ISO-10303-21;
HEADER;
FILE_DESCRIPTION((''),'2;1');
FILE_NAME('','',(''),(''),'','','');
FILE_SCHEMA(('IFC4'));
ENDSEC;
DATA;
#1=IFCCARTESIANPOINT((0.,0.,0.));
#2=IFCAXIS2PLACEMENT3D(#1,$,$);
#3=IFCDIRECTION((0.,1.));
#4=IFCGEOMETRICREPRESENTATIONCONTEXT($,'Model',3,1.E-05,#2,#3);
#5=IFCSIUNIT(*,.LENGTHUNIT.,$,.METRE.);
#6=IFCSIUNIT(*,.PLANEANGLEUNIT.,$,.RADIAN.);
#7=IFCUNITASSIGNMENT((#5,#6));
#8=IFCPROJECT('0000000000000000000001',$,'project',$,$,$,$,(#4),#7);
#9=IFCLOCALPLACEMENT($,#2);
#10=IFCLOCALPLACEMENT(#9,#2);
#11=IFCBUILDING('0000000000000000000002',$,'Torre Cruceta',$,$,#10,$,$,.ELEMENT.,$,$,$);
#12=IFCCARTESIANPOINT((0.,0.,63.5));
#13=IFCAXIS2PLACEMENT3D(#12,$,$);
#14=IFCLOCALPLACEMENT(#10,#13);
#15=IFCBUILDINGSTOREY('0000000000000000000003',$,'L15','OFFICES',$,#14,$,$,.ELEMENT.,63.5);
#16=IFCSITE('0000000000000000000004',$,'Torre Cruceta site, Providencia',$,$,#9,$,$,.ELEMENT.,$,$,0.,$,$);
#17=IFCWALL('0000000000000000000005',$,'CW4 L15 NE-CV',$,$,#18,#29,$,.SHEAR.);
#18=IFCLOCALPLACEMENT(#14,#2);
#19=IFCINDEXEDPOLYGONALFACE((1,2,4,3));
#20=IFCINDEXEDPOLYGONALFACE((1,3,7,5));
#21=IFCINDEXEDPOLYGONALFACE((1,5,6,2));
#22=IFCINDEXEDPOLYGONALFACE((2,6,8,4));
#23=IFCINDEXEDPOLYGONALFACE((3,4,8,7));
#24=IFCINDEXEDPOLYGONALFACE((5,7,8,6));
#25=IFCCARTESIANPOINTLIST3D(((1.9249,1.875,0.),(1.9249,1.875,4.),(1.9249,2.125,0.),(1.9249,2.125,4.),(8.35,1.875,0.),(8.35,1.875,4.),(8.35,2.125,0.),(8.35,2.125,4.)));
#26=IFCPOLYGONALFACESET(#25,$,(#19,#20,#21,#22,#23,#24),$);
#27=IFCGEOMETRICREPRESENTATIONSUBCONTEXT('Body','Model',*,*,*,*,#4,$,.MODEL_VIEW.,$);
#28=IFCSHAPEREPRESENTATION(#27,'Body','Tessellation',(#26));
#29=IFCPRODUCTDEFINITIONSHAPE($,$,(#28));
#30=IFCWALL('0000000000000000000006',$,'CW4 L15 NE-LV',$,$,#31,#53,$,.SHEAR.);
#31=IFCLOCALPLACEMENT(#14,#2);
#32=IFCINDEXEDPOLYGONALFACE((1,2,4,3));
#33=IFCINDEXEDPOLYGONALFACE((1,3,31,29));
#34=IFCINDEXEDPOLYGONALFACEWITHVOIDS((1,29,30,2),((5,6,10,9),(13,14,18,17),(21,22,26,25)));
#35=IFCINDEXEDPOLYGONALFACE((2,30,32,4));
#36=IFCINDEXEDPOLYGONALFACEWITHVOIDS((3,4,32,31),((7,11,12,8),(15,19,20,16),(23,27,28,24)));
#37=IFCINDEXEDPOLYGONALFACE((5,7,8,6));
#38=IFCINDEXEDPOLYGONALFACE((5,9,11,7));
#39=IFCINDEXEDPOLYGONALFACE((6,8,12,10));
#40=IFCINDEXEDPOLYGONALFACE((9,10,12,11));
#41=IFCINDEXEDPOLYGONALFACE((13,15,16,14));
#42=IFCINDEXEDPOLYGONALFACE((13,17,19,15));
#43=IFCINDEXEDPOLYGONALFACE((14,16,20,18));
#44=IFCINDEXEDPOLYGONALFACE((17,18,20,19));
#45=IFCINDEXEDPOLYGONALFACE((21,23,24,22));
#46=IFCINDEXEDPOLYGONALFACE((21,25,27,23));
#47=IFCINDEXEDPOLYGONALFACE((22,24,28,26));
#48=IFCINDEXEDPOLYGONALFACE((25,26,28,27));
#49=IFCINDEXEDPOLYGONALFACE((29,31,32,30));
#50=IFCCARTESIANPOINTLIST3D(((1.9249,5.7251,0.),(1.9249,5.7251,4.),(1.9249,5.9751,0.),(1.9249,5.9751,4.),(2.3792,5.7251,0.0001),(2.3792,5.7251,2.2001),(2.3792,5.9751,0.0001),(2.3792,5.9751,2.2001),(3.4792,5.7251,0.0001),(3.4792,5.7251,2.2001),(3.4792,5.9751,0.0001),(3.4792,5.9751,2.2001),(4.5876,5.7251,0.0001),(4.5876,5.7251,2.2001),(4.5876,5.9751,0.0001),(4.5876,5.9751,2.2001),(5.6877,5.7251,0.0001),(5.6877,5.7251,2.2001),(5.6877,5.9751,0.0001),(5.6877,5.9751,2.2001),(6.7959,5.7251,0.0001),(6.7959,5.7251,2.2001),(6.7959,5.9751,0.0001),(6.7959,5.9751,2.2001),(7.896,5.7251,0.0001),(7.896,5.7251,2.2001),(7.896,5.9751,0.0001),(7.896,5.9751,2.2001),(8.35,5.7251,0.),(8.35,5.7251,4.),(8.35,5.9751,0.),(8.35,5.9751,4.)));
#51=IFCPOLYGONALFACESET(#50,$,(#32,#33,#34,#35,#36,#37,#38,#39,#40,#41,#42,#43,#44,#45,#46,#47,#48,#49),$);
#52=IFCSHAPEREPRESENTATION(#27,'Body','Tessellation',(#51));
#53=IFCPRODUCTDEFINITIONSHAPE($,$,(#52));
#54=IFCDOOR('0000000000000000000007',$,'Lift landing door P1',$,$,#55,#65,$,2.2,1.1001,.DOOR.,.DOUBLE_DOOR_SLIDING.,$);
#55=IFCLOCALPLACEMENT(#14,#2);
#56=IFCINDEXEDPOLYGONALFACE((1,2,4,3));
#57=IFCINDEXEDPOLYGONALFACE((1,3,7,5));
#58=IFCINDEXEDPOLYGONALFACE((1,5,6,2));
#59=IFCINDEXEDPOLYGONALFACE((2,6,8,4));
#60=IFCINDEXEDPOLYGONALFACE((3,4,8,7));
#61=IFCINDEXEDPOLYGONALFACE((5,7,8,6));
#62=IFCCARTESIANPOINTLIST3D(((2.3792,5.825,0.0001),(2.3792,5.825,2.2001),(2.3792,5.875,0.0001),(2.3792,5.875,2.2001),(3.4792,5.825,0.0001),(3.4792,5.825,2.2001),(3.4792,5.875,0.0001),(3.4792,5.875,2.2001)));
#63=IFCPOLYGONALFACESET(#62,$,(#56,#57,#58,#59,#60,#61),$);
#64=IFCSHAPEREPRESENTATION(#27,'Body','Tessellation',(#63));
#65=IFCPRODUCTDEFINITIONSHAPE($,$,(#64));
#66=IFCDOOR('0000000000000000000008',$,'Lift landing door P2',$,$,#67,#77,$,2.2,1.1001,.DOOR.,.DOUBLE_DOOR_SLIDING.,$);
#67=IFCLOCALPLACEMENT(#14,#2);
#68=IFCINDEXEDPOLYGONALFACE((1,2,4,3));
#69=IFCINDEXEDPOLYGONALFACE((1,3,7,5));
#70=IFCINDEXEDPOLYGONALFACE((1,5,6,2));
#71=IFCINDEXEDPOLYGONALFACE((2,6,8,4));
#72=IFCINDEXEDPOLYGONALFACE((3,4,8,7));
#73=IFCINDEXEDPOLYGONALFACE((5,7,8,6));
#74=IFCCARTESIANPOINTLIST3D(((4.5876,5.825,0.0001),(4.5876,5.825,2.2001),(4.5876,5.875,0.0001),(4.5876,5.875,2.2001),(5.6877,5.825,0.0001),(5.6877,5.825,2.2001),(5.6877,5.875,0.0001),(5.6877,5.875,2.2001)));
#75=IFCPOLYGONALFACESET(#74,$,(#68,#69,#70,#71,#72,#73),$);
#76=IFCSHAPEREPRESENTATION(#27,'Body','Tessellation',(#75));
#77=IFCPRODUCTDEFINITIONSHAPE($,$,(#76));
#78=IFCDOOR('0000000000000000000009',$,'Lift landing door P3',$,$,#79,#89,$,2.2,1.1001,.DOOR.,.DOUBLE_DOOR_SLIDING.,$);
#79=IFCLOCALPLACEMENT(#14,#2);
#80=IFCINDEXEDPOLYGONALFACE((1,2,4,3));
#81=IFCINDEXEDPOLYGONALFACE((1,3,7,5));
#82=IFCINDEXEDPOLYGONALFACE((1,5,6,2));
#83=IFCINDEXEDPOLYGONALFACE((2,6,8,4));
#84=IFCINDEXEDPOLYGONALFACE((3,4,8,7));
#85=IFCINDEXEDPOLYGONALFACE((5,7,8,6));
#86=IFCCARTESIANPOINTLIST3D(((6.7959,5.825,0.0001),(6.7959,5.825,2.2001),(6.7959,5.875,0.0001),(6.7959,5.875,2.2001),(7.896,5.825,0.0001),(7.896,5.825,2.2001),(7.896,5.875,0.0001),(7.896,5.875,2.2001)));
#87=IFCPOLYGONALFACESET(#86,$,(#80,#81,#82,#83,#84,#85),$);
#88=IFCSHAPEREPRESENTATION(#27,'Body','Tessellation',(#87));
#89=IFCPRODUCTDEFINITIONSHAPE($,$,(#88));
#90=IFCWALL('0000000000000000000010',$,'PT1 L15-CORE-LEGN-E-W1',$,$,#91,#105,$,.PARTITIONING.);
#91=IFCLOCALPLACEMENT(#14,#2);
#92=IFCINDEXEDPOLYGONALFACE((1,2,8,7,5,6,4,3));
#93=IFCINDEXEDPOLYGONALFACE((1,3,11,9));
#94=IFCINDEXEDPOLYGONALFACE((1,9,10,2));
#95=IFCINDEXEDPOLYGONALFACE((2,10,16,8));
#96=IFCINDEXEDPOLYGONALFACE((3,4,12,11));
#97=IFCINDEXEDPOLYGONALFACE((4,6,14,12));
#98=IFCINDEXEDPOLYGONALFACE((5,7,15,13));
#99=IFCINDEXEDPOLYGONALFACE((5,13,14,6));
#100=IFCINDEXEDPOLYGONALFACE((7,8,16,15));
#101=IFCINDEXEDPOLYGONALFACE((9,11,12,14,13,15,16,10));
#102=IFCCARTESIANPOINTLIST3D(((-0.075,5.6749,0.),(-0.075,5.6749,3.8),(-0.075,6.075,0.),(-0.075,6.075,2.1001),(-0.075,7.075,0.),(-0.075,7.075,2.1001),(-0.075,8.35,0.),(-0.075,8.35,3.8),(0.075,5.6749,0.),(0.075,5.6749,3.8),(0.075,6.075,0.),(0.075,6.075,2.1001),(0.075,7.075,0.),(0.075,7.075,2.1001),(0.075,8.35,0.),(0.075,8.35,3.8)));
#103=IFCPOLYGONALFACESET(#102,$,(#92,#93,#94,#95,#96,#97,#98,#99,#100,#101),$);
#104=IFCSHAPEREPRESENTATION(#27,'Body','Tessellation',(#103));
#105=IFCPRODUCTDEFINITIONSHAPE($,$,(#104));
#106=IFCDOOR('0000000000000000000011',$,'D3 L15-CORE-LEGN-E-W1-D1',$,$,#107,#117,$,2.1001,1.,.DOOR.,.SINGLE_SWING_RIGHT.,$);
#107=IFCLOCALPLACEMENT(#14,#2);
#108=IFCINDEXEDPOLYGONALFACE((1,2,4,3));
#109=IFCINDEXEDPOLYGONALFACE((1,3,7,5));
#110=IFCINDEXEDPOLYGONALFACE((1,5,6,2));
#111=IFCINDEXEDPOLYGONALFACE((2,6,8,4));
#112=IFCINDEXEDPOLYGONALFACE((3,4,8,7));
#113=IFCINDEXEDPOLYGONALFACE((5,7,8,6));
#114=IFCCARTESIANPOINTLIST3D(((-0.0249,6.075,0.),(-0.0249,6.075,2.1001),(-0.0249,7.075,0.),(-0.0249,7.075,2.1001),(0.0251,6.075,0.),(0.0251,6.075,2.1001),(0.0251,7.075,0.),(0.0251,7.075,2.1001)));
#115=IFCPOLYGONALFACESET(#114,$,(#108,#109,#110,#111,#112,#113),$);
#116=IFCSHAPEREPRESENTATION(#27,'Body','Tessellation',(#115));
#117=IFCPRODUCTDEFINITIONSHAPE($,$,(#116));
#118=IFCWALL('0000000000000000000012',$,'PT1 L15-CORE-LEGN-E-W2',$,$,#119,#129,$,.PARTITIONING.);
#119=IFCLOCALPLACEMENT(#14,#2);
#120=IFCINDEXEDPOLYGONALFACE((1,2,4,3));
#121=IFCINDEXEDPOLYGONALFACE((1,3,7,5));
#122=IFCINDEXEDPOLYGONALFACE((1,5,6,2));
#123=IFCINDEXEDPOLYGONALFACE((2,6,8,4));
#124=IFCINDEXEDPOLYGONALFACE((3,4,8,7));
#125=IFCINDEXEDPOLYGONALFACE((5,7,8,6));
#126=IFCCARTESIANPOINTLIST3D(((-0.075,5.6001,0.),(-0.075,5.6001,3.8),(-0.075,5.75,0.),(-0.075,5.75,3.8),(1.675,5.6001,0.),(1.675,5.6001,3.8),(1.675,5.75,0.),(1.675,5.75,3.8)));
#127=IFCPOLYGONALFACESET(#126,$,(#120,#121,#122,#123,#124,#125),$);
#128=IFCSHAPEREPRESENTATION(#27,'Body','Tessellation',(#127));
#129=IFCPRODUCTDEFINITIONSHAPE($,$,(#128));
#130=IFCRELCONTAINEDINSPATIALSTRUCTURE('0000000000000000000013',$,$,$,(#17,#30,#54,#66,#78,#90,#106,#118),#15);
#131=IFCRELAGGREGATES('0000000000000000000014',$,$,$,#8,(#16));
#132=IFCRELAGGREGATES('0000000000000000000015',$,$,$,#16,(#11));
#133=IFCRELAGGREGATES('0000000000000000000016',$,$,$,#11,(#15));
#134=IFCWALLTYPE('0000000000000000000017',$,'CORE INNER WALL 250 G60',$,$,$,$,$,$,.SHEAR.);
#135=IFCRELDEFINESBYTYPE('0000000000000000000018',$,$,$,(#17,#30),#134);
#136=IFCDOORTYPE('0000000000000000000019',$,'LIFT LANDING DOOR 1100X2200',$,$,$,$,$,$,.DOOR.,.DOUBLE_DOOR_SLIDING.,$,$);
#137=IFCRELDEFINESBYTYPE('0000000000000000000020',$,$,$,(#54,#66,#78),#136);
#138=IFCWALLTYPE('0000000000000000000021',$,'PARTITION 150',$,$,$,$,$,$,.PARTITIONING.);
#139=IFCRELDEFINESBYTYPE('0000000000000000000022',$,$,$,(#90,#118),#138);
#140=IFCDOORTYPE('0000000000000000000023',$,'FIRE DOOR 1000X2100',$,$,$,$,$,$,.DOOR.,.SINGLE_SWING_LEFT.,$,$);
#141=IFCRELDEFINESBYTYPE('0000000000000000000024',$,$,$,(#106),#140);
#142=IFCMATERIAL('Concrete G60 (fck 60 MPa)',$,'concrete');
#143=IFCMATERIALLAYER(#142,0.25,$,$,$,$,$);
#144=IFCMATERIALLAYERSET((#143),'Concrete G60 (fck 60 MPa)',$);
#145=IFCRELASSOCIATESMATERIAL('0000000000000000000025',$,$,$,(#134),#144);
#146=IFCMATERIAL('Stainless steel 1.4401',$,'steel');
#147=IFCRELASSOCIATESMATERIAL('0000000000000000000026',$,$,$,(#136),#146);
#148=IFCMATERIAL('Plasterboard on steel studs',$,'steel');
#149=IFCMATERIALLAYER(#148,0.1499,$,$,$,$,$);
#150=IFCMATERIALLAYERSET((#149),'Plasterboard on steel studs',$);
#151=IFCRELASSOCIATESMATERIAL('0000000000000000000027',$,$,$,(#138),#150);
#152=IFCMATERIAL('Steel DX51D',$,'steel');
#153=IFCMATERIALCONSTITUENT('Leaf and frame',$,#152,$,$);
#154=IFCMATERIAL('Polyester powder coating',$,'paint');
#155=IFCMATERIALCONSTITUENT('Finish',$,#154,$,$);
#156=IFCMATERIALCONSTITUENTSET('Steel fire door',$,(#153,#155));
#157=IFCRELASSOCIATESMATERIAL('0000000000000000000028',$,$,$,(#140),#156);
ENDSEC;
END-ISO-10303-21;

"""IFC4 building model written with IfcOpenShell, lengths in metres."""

from ifc_helpers import new_model, si_unit, direction, frame, frame_2d, origin, place, context, subcontext, project, spatial, rectangle, extrude, material, layer, layer_set, constituent, constituent_set, type_object, element, fill, save


model = new_model("IFC4")

# Units and contexts
model_context = context("Model", 3, precision=1e-05, world=origin(), true_north=direction((0.0, 1.0)))
body_context = subcontext(model_context, "Body", "Model", "MODEL_VIEW")
ifc_project = project(units=[si_unit("LENGTHUNIT", "METRE"), si_unit("PLANEANGLEUNIT", "RADIAN")], contexts=[model_context])

# Site, building, storey
site_placement = place(None, origin())
site = spatial("IfcSite", under=ifc_project, at=site_placement, Name="Torre Cruceta site, Providencia", CompositionType="ELEMENT", RefElevation=0.0)
building_placement = place(site_placement, origin())
building = spatial("IfcBuilding", under=site, at=building_placement, Name="Torre Cruceta", CompositionType="ELEMENT")
storey_placement = place(building_placement, frame((0.0, 0.0, 63.5)))
storey = spatial("IfcBuildingStorey", under=building, at=storey_placement, Name="L15", Description="OFFICES", CompositionType="ELEMENT", Elevation=63.5)

# Shared definitions
ifc_material_1 = material(Name="Concrete G60 (fck 60 MPa)", Category="concrete")
ifc_layer_1 = layer(ifc_material_1, 0.25)
ifc_layer_set_1 = layer_set([ifc_layer_1], Name="Concrete G60 (fck 60 MPa)")
wall_type_1 = type_object("IfcWallType", Name="CORE INNER WALL 250 G60", PredefinedType="SHEAR", material=ifc_layer_set_1)

# Wall
wall_1_placement = place(storey_placement, frame((1.925, 2.0, 0.0), z_axis=(0.0, 0.0, 1.0), x_axis=(1.0, 0.0, 0.0)))
element("IfcWall", 1, at=wall_1_placement, inside=storey, type_object=wall_type_1, Name="CW4 L15 NE-CV", PredefinedType="SHEAR", context=body_context, shape_type="SweptSolid", body=[
    extrude(rectangle(XDim=6.425, YDim=0.25, at=frame_2d((3.2124, 0.0))), origin(), (0.0, 0.0, 1.0), 4.0),
])

# Wall, openings, doors
wall_2_placement = place(storey_placement, frame((1.925, 5.8501, 0.0), z_axis=(0.0, 0.0, 1.0), x_axis=(1.0, 0.0, 0.0)))
wall_2 = element("IfcWall", 2, at=wall_2_placement, inside=storey, type_object=wall_type_1, Name="CW4 L15 NE-LV", PredefinedType="SHEAR", context=body_context, shape_type="SweptSolid", body=[
    extrude(rectangle(XDim=6.425, YDim=0.25, at=frame_2d((3.2124, 0.0))), origin(), (0.0, 0.0, 1.0), 4.0),
])
opening_1_placement = place(wall_2_placement, frame((0.4541, 0.0, 0.0)))
opening_1 = element("IfcOpeningElement", 3, at=opening_1_placement, cuts=wall_2, PredefinedType="OPENING", context=body_context, shape_type="SweptSolid", body=[
    extrude(rectangle(XDim=1.1001, YDim=2.2, at=frame_2d((0.55, 1.1001))), frame((0.0, 0.135, 0.0), z_axis=(0.0, -1.0, 0.0), x_axis=(1.0, 0.0, 0.0)), (0.0, 0.0, 1.0), 0.27),
])
opening_2_placement = place(wall_2_placement, frame((2.6626, 0.0, 0.0)))
opening_2 = element("IfcOpeningElement", 4, at=opening_2_placement, cuts=wall_2, PredefinedType="OPENING", context=body_context, shape_type="SweptSolid", body=[
    extrude(rectangle(XDim=1.1001, YDim=2.2, at=frame_2d((0.55, 1.1001))), frame((0.0, 0.135, 0.0), z_axis=(0.0, -1.0, 0.0), x_axis=(1.0, 0.0, 0.0)), (0.0, 0.0, 1.0), 0.27),
])
opening_3_placement = place(wall_2_placement, frame((4.8708, 0.0, 0.0)))
opening_3 = element("IfcOpeningElement", 5, at=opening_3_placement, cuts=wall_2, PredefinedType="OPENING", context=body_context, shape_type="SweptSolid", body=[
    extrude(rectangle(XDim=1.1001, YDim=2.2, at=frame_2d((0.55, 1.1001))), frame((0.0, 0.135, 0.0), z_axis=(0.0, -1.0, 0.0), x_axis=(1.0, 0.0, 0.0)), (0.0, 0.0, 1.0), 0.27),
])
ifc_material_2 = material(Name="Stainless steel 1.4401", Category="steel")
door_type_1 = type_object("IfcDoorType", Name="LIFT LANDING DOOR 1100X2200", OperationType="DOUBLE_DOOR_SLIDING", PredefinedType="DOOR", material=ifc_material_2)
door_1_placement = place(opening_1_placement, origin())
door_1 = element("IfcDoor", 6, at=door_1_placement, inside=storey, type_object=door_type_1, Name="Lift landing door P1", OperationType="DOUBLE_DOOR_SLIDING", OverallHeight=2.2, OverallWidth=1.1001, PredefinedType="DOOR", context=body_context, shape_type="SweptSolid", body=[
    extrude(rectangle(XDim=1.1001, YDim=2.2, at=frame_2d((0.55, 1.1001))), frame((0.0, 0.0249, 0.0), z_axis=(0.0, -1.0, 0.0), x_axis=(1.0, 0.0, 0.0)), (0.0, 0.0, 1.0), 0.05),
])
fill(opening_1, door_1)
door_2_placement = place(opening_2_placement, origin())
door_2 = element("IfcDoor", 7, at=door_2_placement, inside=storey, type_object=door_type_1, Name="Lift landing door P2", OperationType="DOUBLE_DOOR_SLIDING", OverallHeight=2.2, OverallWidth=1.1001, PredefinedType="DOOR", context=body_context, shape_type="SweptSolid", body=[
    extrude(rectangle(XDim=1.1001, YDim=2.2, at=frame_2d((0.55, 1.1001))), frame((0.0, 0.0249, 0.0), z_axis=(0.0, -1.0, 0.0), x_axis=(1.0, 0.0, 0.0)), (0.0, 0.0, 1.0), 0.05),
])
fill(opening_2, door_2)
door_3_placement = place(opening_3_placement, origin())
door_3 = element("IfcDoor", 8, at=door_3_placement, inside=storey, type_object=door_type_1, Name="Lift landing door P3", OperationType="DOUBLE_DOOR_SLIDING", OverallHeight=2.2, OverallWidth=1.1001, PredefinedType="DOOR", context=body_context, shape_type="SweptSolid", body=[
    extrude(rectangle(XDim=1.1001, YDim=2.2, at=frame_2d((0.55, 1.1001))), frame((0.0, 0.0249, 0.0), z_axis=(0.0, -1.0, 0.0), x_axis=(1.0, 0.0, 0.0)), (0.0, 0.0, 1.0), 0.05),
])
fill(opening_3, door_3)

# Wall, opening, door
ifc_material_3 = material(Name="Plasterboard on steel studs", Category="steel")
ifc_layer_2 = layer(ifc_material_3, 0.1499)
ifc_layer_set_2 = layer_set([ifc_layer_2], Name="Plasterboard on steel studs")
wall_type_2 = type_object("IfcWallType", Name="PARTITION 150", PredefinedType="PARTITIONING", material=ifc_layer_set_2)
wall_3_placement = place(storey_placement, frame((0.0, 5.675, 0.0), z_axis=(0.0, 0.0, 1.0), x_axis=(0.0, 1.0, 0.0)))
wall_3 = element("IfcWall", 9, at=wall_3_placement, inside=storey, type_object=wall_type_2, Name="PT1 L15-CORE-LEGN-E-W1", PredefinedType="PARTITIONING", context=body_context, shape_type="SweptSolid", body=[
    extrude(rectangle(XDim=2.675, YDim=0.1499, at=frame_2d((1.3374, 0.0))), origin(), (0.0, 0.0, 1.0), 3.8),
])
opening_4_placement = place(wall_3_placement, frame((0.3999, 0.0, 0.0)))
opening_4 = element("IfcOpeningElement", 10, at=opening_4_placement, cuts=wall_3, PredefinedType="OPENING", context=body_context, shape_type="SweptSolid", body=[
    extrude(rectangle(XDim=1.0, YDim=2.1001, at=frame_2d((0.5, 1.05))), frame((0.0, 0.085, 0.0), z_axis=(0.0, -1.0, 0.0), x_axis=(1.0, 0.0, 0.0)), (0.0, 0.0, 1.0), 0.1699),
])
ifc_material_4 = material(Name="Steel DX51D", Category="steel")
ifc_constituent_1 = constituent(ifc_material_4, Name="Leaf and frame")
ifc_material_5 = material(Name="Polyester powder coating", Category="paint")
ifc_constituent_2 = constituent(ifc_material_5, Name="Finish")
ifc_constituent_set_1 = constituent_set(constituents=[ifc_constituent_1, ifc_constituent_2], Name="Steel fire door")
door_type_2 = type_object("IfcDoorType", Name="FIRE DOOR 1000X2100", OperationType="SINGLE_SWING_LEFT", PredefinedType="DOOR", material=ifc_constituent_set_1)
door_4_placement = place(opening_4_placement, frame((1.0, 0.0, 0.0), z_axis=(0.0, 0.0, 1.0), x_axis=(-1.0, 0.0, 0.0)))
door_4 = element("IfcDoor", 11, at=door_4_placement, inside=storey, type_object=door_type_2, Name="D3 L15-CORE-LEGN-E-W1-D1", OperationType="SINGLE_SWING_RIGHT", OverallHeight=2.1001, OverallWidth=1.0, PredefinedType="DOOR", context=body_context, shape_type="SweptSolid", body=[
    extrude(rectangle(XDim=1.0, YDim=2.1001, at=frame_2d((0.5, 1.05))), frame((0.0, 0.0251, 0.0), z_axis=(0.0, -1.0, 0.0), x_axis=(1.0, 0.0, 0.0)), (0.0, 0.0, 1.0), 0.05),
])
fill(opening_4, door_4)

# Wall
wall_4_placement = place(storey_placement, frame((1.675, 5.675, 0.0), z_axis=(0.0, 0.0, 1.0), x_axis=(-1.0, 0.0, 0.0)))
element("IfcWall", 12, at=wall_4_placement, inside=storey, type_object=wall_type_2, Name="PT1 L15-CORE-LEGN-E-W2", PredefinedType="PARTITIONING", context=body_context, shape_type="SweptSolid", body=[
    extrude(rectangle(XDim=1.75, YDim=0.1499, at=frame_2d((0.875, 0.0))), origin(), (0.0, 0.0, 1.0), 3.8),
])

save(model, "model.ifc")
